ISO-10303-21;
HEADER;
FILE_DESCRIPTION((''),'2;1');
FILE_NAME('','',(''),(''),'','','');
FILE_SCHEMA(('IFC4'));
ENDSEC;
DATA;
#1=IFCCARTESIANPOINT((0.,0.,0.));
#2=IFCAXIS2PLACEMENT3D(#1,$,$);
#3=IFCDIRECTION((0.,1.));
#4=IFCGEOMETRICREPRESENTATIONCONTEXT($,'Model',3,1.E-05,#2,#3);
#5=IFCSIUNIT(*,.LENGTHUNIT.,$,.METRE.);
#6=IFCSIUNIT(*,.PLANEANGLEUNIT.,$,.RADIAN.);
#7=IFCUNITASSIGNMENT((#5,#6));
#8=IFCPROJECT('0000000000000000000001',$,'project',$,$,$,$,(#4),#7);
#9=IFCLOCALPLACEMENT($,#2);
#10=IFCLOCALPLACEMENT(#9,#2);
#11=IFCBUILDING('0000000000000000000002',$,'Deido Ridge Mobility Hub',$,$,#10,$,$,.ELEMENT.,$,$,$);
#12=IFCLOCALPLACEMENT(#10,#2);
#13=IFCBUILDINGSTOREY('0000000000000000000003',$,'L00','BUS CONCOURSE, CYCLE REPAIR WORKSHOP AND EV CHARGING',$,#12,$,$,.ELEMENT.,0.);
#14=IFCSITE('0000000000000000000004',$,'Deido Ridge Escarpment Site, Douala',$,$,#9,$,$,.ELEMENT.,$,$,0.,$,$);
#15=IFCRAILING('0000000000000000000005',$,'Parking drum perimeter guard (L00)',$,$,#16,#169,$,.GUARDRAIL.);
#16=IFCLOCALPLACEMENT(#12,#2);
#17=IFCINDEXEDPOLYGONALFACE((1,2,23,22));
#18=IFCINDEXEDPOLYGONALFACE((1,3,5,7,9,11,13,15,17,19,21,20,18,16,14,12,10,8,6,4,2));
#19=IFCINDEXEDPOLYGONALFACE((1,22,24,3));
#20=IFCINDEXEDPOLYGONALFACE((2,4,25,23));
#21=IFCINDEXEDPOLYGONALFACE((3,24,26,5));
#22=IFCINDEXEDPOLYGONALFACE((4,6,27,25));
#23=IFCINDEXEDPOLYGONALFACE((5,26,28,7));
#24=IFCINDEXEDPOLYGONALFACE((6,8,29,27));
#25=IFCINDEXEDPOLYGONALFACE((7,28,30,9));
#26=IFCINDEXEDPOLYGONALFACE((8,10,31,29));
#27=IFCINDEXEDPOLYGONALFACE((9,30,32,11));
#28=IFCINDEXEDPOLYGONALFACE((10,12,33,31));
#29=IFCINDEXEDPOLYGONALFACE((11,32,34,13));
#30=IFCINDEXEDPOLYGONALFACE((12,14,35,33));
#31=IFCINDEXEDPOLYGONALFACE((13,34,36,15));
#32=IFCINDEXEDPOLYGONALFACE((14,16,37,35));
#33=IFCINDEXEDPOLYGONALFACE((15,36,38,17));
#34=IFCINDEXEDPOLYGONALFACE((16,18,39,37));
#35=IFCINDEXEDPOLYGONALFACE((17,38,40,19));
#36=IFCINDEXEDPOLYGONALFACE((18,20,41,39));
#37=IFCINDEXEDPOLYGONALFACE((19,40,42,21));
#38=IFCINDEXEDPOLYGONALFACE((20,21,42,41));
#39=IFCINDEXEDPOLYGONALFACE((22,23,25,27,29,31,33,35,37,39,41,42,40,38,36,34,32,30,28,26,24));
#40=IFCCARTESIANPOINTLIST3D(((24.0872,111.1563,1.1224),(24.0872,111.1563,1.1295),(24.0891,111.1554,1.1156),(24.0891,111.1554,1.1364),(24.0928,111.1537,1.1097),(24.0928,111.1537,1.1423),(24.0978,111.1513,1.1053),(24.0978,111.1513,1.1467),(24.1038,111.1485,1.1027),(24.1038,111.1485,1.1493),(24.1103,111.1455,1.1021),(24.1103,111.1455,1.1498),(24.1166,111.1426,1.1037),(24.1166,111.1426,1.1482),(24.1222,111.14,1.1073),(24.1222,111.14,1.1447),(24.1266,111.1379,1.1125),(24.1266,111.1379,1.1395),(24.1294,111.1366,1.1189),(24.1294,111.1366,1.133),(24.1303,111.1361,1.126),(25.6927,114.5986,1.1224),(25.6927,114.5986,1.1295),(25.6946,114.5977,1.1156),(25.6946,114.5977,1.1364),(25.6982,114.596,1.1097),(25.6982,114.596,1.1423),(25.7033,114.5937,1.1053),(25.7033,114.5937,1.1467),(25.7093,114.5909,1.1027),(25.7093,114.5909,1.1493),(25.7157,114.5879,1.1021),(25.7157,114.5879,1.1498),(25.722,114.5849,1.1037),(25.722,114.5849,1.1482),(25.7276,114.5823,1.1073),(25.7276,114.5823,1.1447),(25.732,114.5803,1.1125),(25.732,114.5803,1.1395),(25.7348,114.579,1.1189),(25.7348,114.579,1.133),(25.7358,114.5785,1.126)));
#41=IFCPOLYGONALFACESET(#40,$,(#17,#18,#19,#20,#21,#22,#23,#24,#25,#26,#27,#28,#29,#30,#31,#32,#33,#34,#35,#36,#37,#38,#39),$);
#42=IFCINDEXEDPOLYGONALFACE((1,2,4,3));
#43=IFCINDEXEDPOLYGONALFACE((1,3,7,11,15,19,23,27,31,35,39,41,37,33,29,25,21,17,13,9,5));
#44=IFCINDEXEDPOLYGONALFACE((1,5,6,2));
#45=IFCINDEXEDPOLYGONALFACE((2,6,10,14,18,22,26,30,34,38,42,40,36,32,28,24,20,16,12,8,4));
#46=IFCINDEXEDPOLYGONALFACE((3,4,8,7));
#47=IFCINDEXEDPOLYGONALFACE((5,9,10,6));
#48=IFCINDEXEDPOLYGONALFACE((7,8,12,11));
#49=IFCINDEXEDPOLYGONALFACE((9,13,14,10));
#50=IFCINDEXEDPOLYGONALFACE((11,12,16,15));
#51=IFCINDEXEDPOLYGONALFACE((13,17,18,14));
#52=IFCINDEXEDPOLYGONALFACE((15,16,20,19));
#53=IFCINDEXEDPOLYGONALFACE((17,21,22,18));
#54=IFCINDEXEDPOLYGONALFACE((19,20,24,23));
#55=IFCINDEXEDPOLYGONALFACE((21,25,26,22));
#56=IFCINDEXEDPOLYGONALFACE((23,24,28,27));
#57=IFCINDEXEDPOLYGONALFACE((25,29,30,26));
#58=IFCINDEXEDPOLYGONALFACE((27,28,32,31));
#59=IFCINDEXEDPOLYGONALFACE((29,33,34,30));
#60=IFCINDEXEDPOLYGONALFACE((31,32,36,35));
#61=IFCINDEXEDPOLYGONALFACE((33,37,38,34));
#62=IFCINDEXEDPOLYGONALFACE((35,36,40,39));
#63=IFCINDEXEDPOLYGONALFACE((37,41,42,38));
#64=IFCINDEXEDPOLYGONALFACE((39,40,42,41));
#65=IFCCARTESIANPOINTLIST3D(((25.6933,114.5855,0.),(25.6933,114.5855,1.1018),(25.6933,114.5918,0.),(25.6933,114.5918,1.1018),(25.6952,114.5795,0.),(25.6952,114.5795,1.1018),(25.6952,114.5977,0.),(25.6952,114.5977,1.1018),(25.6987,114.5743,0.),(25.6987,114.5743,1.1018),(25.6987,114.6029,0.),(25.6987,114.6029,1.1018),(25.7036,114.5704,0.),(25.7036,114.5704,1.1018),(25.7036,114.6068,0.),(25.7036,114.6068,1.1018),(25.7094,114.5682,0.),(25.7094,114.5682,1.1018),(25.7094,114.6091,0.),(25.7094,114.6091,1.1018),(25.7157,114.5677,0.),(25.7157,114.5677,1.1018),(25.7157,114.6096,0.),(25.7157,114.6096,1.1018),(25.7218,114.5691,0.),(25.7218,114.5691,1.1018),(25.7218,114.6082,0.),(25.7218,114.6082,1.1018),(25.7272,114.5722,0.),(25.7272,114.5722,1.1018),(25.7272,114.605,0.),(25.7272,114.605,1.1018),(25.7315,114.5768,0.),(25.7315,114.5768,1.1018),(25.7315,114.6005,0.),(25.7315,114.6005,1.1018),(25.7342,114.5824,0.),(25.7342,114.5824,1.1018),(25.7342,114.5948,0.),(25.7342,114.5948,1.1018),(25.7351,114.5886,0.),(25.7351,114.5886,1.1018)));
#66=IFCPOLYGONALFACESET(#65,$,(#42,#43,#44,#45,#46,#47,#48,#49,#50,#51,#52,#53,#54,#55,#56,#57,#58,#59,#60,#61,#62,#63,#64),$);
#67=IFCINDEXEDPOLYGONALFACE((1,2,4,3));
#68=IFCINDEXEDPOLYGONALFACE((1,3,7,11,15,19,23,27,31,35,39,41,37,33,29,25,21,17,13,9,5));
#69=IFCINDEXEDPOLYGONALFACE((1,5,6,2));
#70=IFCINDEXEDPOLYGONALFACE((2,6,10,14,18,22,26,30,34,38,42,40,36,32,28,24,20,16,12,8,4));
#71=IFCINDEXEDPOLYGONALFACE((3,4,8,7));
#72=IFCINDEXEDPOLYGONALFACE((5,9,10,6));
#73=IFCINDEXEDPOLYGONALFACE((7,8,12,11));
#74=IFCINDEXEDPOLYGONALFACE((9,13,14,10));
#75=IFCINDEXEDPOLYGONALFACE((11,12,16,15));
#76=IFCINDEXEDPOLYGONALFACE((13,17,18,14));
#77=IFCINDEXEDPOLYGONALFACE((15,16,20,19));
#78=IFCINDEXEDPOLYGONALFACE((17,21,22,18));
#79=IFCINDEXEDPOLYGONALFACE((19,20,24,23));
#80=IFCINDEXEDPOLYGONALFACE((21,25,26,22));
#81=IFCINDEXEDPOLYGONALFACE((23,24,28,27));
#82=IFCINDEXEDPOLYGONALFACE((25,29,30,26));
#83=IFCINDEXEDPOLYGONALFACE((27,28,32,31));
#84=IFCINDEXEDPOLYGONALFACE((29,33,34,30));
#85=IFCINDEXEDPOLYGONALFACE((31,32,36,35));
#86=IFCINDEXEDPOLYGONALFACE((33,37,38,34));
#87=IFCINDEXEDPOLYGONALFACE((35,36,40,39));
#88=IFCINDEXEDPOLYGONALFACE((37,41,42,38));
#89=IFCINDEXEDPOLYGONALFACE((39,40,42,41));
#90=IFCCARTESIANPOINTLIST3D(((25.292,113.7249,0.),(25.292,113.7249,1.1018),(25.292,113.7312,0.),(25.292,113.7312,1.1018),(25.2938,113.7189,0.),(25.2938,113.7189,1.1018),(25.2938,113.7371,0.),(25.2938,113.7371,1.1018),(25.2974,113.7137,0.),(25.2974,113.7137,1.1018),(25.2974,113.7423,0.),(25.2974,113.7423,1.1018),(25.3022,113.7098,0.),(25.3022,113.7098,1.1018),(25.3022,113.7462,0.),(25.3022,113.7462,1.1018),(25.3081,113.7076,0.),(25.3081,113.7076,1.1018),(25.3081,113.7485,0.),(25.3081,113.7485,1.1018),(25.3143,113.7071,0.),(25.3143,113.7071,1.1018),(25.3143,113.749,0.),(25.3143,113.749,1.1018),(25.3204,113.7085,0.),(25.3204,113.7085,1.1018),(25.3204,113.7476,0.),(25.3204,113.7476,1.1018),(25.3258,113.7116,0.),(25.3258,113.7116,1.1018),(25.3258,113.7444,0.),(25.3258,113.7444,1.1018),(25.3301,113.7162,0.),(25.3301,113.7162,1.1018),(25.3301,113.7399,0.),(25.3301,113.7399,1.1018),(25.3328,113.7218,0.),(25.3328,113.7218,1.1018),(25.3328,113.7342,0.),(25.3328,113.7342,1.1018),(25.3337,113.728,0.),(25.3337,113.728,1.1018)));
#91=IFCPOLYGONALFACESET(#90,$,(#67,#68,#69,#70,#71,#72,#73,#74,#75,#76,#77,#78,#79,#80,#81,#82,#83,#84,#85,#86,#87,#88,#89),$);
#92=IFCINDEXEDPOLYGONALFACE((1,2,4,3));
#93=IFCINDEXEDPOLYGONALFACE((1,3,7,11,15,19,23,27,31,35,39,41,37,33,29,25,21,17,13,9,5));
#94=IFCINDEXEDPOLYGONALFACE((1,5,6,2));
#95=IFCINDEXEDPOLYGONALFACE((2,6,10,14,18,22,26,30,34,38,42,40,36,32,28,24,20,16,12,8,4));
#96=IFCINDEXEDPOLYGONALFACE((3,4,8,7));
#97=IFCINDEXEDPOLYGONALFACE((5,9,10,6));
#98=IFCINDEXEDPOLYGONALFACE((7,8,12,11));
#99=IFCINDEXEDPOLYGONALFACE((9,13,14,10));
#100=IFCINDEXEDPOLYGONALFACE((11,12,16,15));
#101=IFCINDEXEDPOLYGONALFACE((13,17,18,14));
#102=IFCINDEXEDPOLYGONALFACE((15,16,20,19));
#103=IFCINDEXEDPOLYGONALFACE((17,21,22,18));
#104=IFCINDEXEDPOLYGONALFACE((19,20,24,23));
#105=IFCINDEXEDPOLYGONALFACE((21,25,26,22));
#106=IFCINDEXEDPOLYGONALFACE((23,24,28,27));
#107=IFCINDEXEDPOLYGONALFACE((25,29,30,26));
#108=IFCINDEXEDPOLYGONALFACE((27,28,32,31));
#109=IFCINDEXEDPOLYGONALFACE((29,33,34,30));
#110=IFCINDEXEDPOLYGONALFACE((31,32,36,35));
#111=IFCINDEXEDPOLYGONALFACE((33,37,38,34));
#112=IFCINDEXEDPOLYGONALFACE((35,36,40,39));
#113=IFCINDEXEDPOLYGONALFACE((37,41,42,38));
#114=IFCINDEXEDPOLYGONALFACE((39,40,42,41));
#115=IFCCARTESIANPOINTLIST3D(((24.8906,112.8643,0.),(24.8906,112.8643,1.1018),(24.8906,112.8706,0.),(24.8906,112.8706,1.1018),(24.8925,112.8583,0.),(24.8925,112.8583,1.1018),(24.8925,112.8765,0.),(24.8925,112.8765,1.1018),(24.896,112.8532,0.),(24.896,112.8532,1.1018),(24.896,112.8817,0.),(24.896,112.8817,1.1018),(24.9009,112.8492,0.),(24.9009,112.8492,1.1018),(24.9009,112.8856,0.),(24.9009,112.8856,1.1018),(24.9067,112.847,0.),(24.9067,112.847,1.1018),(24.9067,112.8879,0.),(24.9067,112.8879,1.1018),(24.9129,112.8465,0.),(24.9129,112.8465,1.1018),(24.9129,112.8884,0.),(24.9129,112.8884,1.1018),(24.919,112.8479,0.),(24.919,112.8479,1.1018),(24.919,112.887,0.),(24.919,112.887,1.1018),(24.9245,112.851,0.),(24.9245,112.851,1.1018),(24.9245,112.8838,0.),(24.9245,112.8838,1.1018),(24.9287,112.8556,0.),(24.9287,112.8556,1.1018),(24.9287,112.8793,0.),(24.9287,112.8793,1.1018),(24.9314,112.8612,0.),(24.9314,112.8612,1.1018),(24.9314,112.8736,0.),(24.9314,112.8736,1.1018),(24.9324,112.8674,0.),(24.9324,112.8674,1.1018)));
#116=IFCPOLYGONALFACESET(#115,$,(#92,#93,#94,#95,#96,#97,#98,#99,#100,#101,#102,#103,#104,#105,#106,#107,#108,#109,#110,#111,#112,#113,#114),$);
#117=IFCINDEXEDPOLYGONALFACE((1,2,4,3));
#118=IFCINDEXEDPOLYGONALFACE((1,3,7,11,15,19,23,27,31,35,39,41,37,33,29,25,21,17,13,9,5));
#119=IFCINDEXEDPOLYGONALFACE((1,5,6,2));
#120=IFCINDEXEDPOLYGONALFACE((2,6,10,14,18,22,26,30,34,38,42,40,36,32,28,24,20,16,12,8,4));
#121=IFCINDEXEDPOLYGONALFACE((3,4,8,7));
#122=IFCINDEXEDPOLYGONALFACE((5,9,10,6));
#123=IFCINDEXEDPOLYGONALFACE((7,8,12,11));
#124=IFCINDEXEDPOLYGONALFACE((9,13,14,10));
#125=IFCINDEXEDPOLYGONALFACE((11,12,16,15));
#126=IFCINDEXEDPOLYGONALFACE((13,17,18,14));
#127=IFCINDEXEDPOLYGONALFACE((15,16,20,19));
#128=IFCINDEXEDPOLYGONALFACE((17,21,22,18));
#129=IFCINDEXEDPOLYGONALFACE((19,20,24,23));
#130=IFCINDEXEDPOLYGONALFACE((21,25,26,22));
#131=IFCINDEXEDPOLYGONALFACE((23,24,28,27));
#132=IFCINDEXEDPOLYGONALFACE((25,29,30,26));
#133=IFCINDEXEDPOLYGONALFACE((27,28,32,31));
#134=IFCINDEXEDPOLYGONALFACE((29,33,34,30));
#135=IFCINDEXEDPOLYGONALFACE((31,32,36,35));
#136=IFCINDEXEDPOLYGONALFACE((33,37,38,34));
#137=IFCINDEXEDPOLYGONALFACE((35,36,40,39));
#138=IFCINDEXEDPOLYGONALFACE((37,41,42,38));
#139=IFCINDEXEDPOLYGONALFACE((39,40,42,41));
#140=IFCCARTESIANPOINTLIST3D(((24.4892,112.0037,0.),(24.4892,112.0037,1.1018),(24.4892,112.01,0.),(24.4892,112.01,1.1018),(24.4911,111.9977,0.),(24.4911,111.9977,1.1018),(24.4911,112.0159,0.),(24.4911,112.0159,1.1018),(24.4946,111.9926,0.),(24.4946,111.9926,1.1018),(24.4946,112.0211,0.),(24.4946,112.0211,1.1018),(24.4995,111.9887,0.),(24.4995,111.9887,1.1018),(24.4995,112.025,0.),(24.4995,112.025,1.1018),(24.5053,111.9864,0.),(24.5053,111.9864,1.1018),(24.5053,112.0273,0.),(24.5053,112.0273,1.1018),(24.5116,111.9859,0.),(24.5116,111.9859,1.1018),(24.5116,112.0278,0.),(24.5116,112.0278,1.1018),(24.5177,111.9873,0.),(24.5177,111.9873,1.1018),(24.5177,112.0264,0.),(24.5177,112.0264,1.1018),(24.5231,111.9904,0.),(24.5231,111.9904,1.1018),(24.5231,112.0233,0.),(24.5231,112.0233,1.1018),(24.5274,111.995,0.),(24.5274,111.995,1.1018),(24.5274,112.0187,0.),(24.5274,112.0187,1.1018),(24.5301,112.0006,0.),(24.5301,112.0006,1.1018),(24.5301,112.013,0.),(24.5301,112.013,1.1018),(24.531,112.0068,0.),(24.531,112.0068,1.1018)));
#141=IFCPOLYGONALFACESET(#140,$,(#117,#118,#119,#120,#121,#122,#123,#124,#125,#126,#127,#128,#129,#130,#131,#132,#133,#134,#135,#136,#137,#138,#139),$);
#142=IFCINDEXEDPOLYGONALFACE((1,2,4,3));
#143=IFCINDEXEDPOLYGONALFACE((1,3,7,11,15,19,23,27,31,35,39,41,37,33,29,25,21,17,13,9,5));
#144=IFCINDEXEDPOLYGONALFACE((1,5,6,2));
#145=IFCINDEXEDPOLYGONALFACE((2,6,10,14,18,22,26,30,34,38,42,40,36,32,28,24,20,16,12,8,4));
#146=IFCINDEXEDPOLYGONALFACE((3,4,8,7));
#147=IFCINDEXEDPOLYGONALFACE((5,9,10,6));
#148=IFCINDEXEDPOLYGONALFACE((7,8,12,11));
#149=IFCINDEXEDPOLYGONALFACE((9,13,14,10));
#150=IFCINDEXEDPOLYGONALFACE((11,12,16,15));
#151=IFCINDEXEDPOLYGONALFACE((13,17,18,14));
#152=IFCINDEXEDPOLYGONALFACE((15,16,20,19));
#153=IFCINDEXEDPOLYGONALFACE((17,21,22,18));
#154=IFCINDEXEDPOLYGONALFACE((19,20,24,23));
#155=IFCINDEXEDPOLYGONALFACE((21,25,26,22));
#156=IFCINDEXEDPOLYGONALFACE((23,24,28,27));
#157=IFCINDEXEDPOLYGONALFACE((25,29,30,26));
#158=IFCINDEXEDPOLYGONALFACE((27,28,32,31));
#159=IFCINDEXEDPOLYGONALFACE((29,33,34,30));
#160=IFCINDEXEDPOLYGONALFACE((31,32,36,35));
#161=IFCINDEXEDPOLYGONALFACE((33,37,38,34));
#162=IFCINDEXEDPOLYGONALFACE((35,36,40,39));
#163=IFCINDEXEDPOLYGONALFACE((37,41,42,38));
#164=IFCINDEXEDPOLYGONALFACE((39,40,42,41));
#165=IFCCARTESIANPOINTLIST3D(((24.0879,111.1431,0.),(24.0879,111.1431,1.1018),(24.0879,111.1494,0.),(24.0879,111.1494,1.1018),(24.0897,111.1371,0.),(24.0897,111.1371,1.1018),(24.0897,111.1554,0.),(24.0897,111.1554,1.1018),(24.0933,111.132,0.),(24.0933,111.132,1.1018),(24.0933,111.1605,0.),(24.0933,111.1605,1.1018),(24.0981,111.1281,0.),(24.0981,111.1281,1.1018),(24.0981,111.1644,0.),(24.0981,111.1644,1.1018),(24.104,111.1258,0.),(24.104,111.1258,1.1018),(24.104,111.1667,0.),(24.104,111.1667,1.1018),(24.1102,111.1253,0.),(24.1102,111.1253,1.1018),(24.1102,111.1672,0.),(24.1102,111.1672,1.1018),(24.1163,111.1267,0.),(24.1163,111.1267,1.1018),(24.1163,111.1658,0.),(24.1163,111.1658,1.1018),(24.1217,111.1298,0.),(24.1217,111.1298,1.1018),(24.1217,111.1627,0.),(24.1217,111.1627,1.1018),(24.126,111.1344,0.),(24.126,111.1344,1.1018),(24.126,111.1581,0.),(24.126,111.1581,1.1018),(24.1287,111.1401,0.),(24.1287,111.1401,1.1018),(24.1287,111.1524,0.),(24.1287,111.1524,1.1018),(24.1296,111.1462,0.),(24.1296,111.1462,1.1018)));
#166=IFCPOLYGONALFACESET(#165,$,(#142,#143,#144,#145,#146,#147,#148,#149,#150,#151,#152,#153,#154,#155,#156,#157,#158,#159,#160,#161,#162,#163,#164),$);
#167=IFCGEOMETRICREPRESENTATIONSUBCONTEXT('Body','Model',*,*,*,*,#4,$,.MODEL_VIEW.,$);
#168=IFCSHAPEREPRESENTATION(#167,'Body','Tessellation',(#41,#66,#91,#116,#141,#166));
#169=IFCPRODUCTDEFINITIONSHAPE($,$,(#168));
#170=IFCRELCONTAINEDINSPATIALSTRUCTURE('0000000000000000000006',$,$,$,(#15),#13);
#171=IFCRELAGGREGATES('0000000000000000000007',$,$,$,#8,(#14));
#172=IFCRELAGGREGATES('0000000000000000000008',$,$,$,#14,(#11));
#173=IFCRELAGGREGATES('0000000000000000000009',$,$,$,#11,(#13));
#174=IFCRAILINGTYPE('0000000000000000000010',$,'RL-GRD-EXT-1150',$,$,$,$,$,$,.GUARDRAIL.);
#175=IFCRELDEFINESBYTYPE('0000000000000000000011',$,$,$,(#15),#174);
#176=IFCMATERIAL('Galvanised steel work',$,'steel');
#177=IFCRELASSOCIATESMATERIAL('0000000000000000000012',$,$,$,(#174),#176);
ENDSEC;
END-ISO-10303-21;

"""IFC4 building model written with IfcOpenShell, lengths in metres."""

from ifc_helpers import new_model, si_unit, direction, frame, origin, origin_2d, place, context, subcontext, project, spatial, circle, extrude, material, type_object, element, save


model = new_model("IFC4")

# Units and contexts
model_context = context("Model", 3, precision=1e-05, world=origin(), true_north=direction((0.0, 1.0)))
body_context = subcontext(model_context, "Body", "Model", "MODEL_VIEW")
ifc_project = project(units=[si_unit("LENGTHUNIT", "METRE"), si_unit("PLANEANGLEUNIT", "RADIAN")], contexts=[model_context])

# Site, building, storey
site_placement = place(None, origin())
site = spatial("IfcSite", under=ifc_project, at=site_placement, Name="Deido Ridge Escarpment Site, Douala", CompositionType="ELEMENT", RefElevation=0.0)
building_placement = place(site_placement, origin())
building = spatial("IfcBuilding", under=site, at=building_placement, Name="Deido Ridge Mobility Hub", CompositionType="ELEMENT")
storey_placement = place(building_placement, origin())
storey = spatial("IfcBuildingStorey", under=building, at=storey_placement, Name="L00", Description="BUS CONCOURSE, CYCLE REPAIR WORKSHOP AND EV CHARGING", CompositionType="ELEMENT", Elevation=0.0)

# Railing
ifc_material_1 = material(Name="Galvanised steel work", Category="steel")
railing_type = type_object("IfcRailingType", Name="RL-GRD-EXT-1150", PredefinedType="GUARDRAIL", material=ifc_material_1)
railing_1_placement = place(storey_placement, frame((25.7141, 114.5886, 0.0)))
element("IfcRailing", 1, at=railing_1_placement, inside=storey, type_object=railing_type, Name="Parking drum perimeter guard (L00)", PredefinedType="GUARDRAIL", context=body_context, shape_type="SweptSolid", body=[
    extrude(circle(Radius=0.0239, at=origin_2d()), frame((0.0, 0.0, 1.126), z_axis=(-0.422674, -0.906282, 0.0), x_axis=(0.906282, -0.422674, 0.0)), (0.0, 0.0, 1.0), 3.7983),
    extrude(circle(Radius=0.021, at=origin_2d()), origin(), (0.0, 0.0, 1.0), 1.1018),
    extrude(circle(Radius=0.021, at=origin_2d()), frame((-0.4014, -0.8606, 0.0)), (0.0, 0.0, 1.0), 1.1018),
    extrude(circle(Radius=0.021, at=origin_2d()), frame((-0.8027, -1.7212, 0.0)), (0.0, 0.0, 1.0), 1.1018),
    extrude(circle(Radius=0.021, at=origin_2d()), frame((-1.2041, -2.5818, 0.0)), (0.0, 0.0, 1.0), 1.1018),
    extrude(circle(Radius=0.021, at=origin_2d()), frame((-1.6055, -3.4424, 0.0)), (0.0, 0.0, 1.0), 1.1018),
])

save(model, "model.ifc")
